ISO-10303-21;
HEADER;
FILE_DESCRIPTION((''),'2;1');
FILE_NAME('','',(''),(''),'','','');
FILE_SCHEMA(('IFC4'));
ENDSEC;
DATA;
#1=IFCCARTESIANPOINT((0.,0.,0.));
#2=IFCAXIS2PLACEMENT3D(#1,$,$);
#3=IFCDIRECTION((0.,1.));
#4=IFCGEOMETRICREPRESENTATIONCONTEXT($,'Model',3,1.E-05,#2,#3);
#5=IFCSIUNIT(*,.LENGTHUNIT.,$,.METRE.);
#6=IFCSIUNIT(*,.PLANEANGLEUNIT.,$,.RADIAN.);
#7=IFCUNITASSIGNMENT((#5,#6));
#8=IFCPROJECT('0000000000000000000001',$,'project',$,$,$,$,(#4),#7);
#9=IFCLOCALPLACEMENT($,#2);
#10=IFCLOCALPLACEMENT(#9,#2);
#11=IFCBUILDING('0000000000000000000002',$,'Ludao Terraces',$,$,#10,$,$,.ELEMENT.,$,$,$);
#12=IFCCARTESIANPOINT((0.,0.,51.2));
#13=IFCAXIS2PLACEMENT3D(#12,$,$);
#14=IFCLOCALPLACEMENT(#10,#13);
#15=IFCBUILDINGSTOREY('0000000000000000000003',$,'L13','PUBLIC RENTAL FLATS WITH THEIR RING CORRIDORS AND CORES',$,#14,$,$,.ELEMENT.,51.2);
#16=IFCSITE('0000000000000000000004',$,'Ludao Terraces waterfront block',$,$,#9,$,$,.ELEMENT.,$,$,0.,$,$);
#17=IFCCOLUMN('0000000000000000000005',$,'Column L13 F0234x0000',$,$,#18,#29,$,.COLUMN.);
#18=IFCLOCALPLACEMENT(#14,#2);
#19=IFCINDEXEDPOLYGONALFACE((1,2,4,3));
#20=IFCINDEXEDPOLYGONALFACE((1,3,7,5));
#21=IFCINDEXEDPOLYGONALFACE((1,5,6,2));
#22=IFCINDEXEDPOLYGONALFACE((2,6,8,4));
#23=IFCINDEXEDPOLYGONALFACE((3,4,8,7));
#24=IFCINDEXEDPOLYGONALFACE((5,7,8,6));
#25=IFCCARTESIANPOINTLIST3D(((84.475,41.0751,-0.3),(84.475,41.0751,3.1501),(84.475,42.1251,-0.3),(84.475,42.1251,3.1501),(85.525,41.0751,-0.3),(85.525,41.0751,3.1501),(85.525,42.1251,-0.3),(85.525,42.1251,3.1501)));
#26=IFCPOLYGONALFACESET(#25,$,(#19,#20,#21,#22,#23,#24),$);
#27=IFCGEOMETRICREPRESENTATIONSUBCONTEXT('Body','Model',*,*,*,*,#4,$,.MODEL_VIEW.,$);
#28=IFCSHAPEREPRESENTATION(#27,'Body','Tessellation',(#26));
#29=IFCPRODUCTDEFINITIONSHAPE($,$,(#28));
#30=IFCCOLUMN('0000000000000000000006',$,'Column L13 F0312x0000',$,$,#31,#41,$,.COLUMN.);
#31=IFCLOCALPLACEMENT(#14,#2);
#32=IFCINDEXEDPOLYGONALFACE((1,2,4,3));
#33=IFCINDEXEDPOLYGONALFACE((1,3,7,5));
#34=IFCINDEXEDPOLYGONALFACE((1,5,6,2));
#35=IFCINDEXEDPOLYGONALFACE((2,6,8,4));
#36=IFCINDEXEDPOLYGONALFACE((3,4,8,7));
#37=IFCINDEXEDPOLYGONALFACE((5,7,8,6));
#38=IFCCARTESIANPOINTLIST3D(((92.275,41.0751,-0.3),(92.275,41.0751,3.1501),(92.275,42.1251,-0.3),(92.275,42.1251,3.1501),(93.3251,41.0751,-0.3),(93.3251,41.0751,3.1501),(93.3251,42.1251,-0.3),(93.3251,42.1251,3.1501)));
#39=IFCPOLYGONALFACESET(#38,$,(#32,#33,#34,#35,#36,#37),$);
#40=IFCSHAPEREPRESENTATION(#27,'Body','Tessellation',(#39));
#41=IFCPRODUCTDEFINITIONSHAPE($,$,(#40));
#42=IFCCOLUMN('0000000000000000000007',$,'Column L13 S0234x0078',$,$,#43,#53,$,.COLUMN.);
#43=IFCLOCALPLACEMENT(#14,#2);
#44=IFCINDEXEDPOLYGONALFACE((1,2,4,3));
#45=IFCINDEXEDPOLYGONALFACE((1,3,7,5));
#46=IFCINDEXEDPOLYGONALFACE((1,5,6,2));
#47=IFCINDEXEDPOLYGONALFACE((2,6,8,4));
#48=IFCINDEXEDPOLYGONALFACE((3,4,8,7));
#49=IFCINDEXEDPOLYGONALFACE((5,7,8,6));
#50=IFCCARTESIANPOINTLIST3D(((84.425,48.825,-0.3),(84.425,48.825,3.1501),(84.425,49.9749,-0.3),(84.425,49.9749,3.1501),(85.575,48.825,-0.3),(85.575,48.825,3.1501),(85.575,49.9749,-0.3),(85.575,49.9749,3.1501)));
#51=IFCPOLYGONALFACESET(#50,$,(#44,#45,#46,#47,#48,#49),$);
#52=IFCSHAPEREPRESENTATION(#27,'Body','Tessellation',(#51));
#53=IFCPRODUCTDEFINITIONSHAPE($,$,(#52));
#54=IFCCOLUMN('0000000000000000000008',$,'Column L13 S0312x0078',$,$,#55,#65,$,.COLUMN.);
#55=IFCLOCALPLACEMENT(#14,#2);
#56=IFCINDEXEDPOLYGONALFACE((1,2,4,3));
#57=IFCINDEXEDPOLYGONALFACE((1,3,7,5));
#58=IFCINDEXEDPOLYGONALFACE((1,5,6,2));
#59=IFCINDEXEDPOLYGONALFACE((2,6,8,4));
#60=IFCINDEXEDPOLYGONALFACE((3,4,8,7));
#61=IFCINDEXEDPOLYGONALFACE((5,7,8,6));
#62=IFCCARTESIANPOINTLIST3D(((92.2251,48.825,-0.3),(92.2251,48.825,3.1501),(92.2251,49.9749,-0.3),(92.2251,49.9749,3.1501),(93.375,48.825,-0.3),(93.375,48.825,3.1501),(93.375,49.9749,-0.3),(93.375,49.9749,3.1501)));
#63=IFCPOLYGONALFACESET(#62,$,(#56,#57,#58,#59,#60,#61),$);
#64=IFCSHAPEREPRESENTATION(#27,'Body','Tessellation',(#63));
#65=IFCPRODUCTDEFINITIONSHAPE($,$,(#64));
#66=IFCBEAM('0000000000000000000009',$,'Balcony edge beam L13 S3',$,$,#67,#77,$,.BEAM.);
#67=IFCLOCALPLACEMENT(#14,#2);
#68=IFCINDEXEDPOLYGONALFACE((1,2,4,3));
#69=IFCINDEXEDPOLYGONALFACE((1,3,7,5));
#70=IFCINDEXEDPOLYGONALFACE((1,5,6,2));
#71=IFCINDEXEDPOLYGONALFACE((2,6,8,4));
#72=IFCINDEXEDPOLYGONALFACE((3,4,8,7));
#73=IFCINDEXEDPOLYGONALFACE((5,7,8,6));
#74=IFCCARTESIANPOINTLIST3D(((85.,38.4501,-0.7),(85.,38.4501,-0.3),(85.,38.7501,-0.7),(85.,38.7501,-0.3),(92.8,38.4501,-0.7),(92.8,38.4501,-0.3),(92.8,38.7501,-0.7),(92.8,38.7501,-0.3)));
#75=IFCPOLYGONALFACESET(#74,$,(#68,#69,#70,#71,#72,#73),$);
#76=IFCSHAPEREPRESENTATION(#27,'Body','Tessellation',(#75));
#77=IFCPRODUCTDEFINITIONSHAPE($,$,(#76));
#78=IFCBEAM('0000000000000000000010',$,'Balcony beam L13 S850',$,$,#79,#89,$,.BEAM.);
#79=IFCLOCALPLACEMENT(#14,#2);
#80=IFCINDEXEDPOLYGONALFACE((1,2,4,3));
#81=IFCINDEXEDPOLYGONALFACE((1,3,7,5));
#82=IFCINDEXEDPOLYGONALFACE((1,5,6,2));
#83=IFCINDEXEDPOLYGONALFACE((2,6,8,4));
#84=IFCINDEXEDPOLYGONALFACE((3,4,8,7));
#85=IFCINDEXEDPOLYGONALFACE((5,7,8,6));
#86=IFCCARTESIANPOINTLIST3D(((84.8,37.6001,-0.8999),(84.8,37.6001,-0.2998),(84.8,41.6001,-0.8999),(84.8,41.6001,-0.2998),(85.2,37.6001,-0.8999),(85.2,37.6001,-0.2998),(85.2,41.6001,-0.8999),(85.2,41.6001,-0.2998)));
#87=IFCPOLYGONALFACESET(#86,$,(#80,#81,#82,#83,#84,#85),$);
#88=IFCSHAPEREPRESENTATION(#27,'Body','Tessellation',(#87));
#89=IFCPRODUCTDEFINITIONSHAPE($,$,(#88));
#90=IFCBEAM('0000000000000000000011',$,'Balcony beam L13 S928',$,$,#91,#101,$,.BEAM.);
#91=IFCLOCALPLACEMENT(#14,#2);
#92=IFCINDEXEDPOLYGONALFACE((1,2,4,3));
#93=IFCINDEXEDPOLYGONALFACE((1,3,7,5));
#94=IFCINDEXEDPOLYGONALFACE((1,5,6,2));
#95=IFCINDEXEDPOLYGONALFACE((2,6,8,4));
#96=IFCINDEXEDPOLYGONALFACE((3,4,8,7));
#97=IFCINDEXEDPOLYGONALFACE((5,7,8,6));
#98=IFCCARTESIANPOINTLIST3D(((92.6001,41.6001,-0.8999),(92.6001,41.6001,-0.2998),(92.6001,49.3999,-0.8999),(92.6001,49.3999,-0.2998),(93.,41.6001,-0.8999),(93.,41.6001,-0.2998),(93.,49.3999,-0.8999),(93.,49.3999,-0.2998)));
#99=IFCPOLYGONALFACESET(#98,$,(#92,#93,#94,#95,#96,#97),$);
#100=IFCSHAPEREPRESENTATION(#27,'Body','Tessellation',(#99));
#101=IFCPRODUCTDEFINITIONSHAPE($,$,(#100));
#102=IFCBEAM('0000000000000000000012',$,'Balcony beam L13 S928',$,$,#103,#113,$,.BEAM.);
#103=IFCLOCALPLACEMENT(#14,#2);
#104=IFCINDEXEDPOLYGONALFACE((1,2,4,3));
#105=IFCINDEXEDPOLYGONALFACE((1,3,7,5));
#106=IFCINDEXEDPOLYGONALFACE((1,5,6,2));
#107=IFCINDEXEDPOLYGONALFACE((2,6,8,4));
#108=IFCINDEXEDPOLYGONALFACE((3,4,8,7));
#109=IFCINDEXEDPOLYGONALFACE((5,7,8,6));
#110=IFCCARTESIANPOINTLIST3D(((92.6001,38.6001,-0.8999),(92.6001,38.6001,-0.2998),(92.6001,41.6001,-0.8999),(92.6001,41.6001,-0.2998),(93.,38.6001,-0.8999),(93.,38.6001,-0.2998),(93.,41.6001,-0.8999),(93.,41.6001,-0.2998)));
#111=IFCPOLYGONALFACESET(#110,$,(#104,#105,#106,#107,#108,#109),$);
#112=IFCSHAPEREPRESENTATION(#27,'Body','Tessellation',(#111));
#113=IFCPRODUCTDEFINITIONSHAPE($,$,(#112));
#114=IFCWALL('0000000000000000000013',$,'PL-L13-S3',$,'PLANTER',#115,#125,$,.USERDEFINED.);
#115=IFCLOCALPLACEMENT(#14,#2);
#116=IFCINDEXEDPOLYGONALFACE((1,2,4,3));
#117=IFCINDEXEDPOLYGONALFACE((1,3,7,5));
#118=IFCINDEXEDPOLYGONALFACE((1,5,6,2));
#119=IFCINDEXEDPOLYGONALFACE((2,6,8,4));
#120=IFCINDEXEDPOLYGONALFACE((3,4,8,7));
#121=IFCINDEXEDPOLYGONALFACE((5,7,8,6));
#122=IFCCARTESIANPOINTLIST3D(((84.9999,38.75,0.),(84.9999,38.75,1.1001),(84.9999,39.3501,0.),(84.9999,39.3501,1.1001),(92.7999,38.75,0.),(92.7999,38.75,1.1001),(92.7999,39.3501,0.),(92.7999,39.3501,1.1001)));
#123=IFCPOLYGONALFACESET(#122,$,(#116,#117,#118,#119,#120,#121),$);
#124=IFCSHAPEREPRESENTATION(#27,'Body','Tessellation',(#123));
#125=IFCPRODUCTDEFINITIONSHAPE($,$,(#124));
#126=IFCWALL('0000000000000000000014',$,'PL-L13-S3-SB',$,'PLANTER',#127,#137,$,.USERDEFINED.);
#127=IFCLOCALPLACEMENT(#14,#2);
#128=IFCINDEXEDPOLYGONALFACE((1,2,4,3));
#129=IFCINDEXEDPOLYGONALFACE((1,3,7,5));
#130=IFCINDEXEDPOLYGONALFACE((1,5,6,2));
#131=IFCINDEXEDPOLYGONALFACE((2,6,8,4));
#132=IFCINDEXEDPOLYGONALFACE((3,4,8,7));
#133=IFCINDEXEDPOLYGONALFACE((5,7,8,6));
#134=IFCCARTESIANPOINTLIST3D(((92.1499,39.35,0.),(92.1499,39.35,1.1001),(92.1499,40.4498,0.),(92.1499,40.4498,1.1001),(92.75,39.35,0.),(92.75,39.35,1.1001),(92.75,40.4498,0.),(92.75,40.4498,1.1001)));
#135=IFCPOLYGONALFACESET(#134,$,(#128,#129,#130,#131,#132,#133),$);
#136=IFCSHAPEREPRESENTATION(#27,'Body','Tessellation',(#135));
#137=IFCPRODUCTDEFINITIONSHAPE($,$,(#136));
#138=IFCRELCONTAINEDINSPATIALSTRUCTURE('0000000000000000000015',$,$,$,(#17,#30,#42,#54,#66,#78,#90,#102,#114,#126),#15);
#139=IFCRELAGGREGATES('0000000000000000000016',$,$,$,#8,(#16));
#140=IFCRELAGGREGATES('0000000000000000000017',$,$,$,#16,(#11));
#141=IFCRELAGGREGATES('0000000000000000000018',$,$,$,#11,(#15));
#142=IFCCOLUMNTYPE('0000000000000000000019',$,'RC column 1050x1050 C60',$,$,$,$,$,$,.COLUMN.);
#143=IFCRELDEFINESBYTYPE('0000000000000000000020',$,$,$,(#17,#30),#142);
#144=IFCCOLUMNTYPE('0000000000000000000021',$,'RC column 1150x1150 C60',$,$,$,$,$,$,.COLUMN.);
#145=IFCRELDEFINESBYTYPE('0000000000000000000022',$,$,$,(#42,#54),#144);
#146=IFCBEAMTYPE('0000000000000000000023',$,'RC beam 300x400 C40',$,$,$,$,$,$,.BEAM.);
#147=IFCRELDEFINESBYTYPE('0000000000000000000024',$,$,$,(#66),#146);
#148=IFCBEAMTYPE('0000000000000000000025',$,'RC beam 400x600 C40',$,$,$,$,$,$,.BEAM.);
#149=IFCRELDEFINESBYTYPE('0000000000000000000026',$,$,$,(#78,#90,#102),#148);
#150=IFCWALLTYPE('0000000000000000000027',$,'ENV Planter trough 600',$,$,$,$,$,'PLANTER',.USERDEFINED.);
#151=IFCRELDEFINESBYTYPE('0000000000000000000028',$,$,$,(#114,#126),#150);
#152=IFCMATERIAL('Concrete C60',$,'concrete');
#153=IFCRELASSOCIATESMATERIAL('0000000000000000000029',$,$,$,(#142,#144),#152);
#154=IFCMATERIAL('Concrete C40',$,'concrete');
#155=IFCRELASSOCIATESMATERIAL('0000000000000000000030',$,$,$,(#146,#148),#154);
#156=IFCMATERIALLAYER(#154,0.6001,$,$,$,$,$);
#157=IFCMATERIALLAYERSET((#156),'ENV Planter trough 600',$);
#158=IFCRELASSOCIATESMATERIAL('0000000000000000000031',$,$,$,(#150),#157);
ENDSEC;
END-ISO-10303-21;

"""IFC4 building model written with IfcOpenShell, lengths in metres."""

from ifc_helpers import new_model, si_unit, direction, frame, frame_2d, origin, origin_2d, place, context, subcontext, project, spatial, rectangle, extrude, material, layer, layer_set, material_profile, profile_set, type_object, element, save


model = new_model("IFC4")

# Units and contexts
model_context = context("Model", 3, precision=1e-05, world=origin(), true_north=direction((0.0, 1.0)))
body_context = subcontext(model_context, "Body", "Model", "MODEL_VIEW")
ifc_project = project(units=[si_unit("LENGTHUNIT", "METRE"), si_unit("PLANEANGLEUNIT", "RADIAN")], contexts=[model_context])

# Site, building, storey
site_placement = place(None, origin())
site = spatial("IfcSite", under=ifc_project, at=site_placement, Name="Ludao Terraces waterfront block", CompositionType="ELEMENT", RefElevation=0.0)
building_placement = place(site_placement, origin())
building = spatial("IfcBuilding", under=site, at=building_placement, Name="Ludao Terraces", CompositionType="ELEMENT")
storey_placement = place(building_placement, frame((0.0, 0.0, 51.2)))
storey = spatial("IfcBuildingStorey", under=building, at=storey_placement, Name="L13", Description="PUBLIC RENTAL FLATS WITH THEIR RING CORRIDORS AND CORES", CompositionType="ELEMENT", Elevation=51.2)

# Columns
ifc_material_1 = material(Name="Concrete C60", Category="concrete")
ifc_material_profile_1 = material_profile(ifc_material_1, rectangle(XDim=1.05, YDim=1.05, at=origin_2d()), Name="1050 X 1050")
ifc_profile_set_1 = profile_set([ifc_material_profile_1], Name="Concrete C60")
column_type_1 = type_object("IfcColumnType", Name="RC column 1050x1050 C60", PredefinedType="COLUMN", material=ifc_profile_set_1)
for number, where, z_axis, x_axis, name in (
    (1, (85.0, 41.6001, -0.3), (0.0, 0.0, 1.0), (1.0, 0.0, 0.0), "Column L13 F0234x0000"),
    (2, (92.8, 41.6001, -0.3), (0.0, 0.0, 1.0), (1.0, 0.0, 0.0), "Column L13 F0312x0000"),
):
    element("IfcColumn", number, at=place(storey_placement, frame(where, z_axis=z_axis, x_axis=x_axis)), inside=storey, type_object=column_type_1, Name=name, PredefinedType="COLUMN", context=body_context, shape_type="SweptSolid", body=[
        extrude(rectangle(XDim=1.05, YDim=1.05, at=origin_2d()), origin(), (0.0, 0.0, 1.0), 3.4502),
    ])
ifc_material_profile_2 = material_profile(ifc_material_1, rectangle(XDim=1.1499, YDim=1.1499, at=origin_2d()), Name="1150 X 1150")
ifc_profile_set_2 = profile_set([ifc_material_profile_2], Name="Concrete C60")
column_type_2 = type_object("IfcColumnType", Name="RC column 1150x1150 C60", PredefinedType="COLUMN", material=ifc_profile_set_2)
for number, where, z_axis, x_axis, name in (
    (3, (85.0, 49.3999, -0.3), (0.0, 0.0, 1.0), (1.0, 0.0, 0.0), "Column L13 S0234x0078"),
    (4, (92.8, 49.3999, -0.3), (0.0, 0.0, 1.0), (1.0, 0.0, 0.0), "Column L13 S0312x0078"),
):
    element("IfcColumn", number, at=place(storey_placement, frame(where, z_axis=z_axis, x_axis=x_axis)), inside=storey, type_object=column_type_2, Name=name, PredefinedType="COLUMN", context=body_context, shape_type="SweptSolid", body=[
        extrude(rectangle(XDim=1.1499, YDim=1.1499, at=origin_2d()), origin(), (0.0, 0.0, 1.0), 3.4502),
    ])

# Beams
ifc_material_2 = material(Name="Concrete C40", Category="concrete")
ifc_material_profile_3 = material_profile(ifc_material_2, rectangle(XDim=0.3, YDim=0.3999, at=origin_2d()), Name="300 X 400")
ifc_profile_set_3 = profile_set([ifc_material_profile_3], Name="Concrete C40")
beam_type_1 = type_object("IfcBeamType", Name="RC beam 300x400 C40", PredefinedType="BEAM", material=ifc_profile_set_3)
beam_1_placement = place(storey_placement, frame((85.0, 38.6001, -0.5), z_axis=(1.0, 0.0, 0.0), x_axis=(0.0, 1.0, 0.0)))
element("IfcBeam", 5, at=beam_1_placement, inside=storey, type_object=beam_type_1, Name="Balcony edge beam L13 S3", PredefinedType="BEAM", context=body_context, shape_type="SweptSolid", body=[
    extrude(rectangle(XDim=0.3, YDim=0.3999, at=origin_2d()), origin(), (0.0, 0.0, 1.0), 7.8),
])
ifc_material_profile_4 = material_profile(ifc_material_2, rectangle(XDim=0.3999, YDim=0.6001, at=origin_2d()), Name="400 X 600")
ifc_profile_set_4 = profile_set([ifc_material_profile_4], Name="Concrete C40")
beam_type_2 = type_object("IfcBeamType", Name="RC beam 400x600 C40", PredefinedType="BEAM", material=ifc_profile_set_4)
beam_2_placement = place(storey_placement, frame((85.0, 41.6001, -0.5999), z_axis=(0.0, -1.0, 0.0), x_axis=(1.0, 0.0, 0.0)))
element("IfcBeam", 6, at=beam_2_placement, inside=storey, type_object=beam_type_2, Name="Balcony beam L13 S850", PredefinedType="BEAM", context=body_context, shape_type="SweptSolid", body=[
    extrude(rectangle(XDim=0.3999, YDim=0.6001, at=origin_2d()), origin(), (0.0, 0.0, 1.0), 4.0),
])
beam_3_placement = place(storey_placement, frame((92.8, 49.3999, -0.5999), z_axis=(0.0, -1.0, 0.0), x_axis=(1.0, 0.0, 0.0)))
element("IfcBeam", 7, at=beam_3_placement, inside=storey, type_object=beam_type_2, Name="Balcony beam L13 S928", PredefinedType="BEAM", context=body_context, shape_type="SweptSolid", body=[
    extrude(rectangle(XDim=0.3999, YDim=0.6001, at=origin_2d()), origin(), (0.0, 0.0, 1.0), 7.7998),
])
beam_4_placement = place(storey_placement, frame((92.8, 41.6001, -0.5999), z_axis=(0.0, -1.0, 0.0), x_axis=(1.0, 0.0, 0.0)))
element("IfcBeam", 8, at=beam_4_placement, inside=storey, type_object=beam_type_2, Name="Balcony beam L13 S928", PredefinedType="BEAM", context=body_context, shape_type="SweptSolid", body=[
    extrude(rectangle(XDim=0.3999, YDim=0.6001, at=origin_2d()), origin(), (0.0, 0.0, 1.0), 3.0),
])

# Walls
ifc_layer_1 = layer(ifc_material_2, 0.6001)
ifc_layer_set_1 = layer_set([ifc_layer_1], Name="ENV Planter trough 600")
wall_type_1 = type_object("IfcWallType", Name="ENV Planter trough 600", ElementType="PLANTER", PredefinedType="USERDEFINED", material=ifc_layer_set_1)
wall_1_placement = place(storey_placement, frame((85.0, 39.05, 0.0), z_axis=(0.0, 0.0, 1.0), x_axis=(1.0, 0.0, 0.0)))
element("IfcWall", 9, at=wall_1_placement, inside=storey, type_object=wall_type_1, Name="PL-L13-S3", ObjectType="PLANTER", PredefinedType="USERDEFINED", context=body_context, shape_type="SweptSolid", body=[
    extrude(rectangle(XDim=7.8, YDim=0.6001, at=frame_2d((3.8999, 0.0))), origin(), (0.0, 0.0, 1.0), 1.1001),
])
wall_2_placement = place(storey_placement, frame((92.45, 39.3501, 0.0), z_axis=(0.0, 0.0, 1.0), x_axis=(0.0, 1.0, 0.0)))
element("IfcWall", 10, at=wall_2_placement, inside=storey, type_object=wall_type_1, Name="PL-L13-S3-SB", ObjectType="PLANTER", PredefinedType="USERDEFINED", context=body_context, shape_type="SweptSolid", body=[
    extrude(rectangle(XDim=1.0999, YDim=0.6001, at=frame_2d((0.5498, 0.0))), origin(), (0.0, 0.0, 1.0), 1.1001),
])

save(model, "model.ifc")
